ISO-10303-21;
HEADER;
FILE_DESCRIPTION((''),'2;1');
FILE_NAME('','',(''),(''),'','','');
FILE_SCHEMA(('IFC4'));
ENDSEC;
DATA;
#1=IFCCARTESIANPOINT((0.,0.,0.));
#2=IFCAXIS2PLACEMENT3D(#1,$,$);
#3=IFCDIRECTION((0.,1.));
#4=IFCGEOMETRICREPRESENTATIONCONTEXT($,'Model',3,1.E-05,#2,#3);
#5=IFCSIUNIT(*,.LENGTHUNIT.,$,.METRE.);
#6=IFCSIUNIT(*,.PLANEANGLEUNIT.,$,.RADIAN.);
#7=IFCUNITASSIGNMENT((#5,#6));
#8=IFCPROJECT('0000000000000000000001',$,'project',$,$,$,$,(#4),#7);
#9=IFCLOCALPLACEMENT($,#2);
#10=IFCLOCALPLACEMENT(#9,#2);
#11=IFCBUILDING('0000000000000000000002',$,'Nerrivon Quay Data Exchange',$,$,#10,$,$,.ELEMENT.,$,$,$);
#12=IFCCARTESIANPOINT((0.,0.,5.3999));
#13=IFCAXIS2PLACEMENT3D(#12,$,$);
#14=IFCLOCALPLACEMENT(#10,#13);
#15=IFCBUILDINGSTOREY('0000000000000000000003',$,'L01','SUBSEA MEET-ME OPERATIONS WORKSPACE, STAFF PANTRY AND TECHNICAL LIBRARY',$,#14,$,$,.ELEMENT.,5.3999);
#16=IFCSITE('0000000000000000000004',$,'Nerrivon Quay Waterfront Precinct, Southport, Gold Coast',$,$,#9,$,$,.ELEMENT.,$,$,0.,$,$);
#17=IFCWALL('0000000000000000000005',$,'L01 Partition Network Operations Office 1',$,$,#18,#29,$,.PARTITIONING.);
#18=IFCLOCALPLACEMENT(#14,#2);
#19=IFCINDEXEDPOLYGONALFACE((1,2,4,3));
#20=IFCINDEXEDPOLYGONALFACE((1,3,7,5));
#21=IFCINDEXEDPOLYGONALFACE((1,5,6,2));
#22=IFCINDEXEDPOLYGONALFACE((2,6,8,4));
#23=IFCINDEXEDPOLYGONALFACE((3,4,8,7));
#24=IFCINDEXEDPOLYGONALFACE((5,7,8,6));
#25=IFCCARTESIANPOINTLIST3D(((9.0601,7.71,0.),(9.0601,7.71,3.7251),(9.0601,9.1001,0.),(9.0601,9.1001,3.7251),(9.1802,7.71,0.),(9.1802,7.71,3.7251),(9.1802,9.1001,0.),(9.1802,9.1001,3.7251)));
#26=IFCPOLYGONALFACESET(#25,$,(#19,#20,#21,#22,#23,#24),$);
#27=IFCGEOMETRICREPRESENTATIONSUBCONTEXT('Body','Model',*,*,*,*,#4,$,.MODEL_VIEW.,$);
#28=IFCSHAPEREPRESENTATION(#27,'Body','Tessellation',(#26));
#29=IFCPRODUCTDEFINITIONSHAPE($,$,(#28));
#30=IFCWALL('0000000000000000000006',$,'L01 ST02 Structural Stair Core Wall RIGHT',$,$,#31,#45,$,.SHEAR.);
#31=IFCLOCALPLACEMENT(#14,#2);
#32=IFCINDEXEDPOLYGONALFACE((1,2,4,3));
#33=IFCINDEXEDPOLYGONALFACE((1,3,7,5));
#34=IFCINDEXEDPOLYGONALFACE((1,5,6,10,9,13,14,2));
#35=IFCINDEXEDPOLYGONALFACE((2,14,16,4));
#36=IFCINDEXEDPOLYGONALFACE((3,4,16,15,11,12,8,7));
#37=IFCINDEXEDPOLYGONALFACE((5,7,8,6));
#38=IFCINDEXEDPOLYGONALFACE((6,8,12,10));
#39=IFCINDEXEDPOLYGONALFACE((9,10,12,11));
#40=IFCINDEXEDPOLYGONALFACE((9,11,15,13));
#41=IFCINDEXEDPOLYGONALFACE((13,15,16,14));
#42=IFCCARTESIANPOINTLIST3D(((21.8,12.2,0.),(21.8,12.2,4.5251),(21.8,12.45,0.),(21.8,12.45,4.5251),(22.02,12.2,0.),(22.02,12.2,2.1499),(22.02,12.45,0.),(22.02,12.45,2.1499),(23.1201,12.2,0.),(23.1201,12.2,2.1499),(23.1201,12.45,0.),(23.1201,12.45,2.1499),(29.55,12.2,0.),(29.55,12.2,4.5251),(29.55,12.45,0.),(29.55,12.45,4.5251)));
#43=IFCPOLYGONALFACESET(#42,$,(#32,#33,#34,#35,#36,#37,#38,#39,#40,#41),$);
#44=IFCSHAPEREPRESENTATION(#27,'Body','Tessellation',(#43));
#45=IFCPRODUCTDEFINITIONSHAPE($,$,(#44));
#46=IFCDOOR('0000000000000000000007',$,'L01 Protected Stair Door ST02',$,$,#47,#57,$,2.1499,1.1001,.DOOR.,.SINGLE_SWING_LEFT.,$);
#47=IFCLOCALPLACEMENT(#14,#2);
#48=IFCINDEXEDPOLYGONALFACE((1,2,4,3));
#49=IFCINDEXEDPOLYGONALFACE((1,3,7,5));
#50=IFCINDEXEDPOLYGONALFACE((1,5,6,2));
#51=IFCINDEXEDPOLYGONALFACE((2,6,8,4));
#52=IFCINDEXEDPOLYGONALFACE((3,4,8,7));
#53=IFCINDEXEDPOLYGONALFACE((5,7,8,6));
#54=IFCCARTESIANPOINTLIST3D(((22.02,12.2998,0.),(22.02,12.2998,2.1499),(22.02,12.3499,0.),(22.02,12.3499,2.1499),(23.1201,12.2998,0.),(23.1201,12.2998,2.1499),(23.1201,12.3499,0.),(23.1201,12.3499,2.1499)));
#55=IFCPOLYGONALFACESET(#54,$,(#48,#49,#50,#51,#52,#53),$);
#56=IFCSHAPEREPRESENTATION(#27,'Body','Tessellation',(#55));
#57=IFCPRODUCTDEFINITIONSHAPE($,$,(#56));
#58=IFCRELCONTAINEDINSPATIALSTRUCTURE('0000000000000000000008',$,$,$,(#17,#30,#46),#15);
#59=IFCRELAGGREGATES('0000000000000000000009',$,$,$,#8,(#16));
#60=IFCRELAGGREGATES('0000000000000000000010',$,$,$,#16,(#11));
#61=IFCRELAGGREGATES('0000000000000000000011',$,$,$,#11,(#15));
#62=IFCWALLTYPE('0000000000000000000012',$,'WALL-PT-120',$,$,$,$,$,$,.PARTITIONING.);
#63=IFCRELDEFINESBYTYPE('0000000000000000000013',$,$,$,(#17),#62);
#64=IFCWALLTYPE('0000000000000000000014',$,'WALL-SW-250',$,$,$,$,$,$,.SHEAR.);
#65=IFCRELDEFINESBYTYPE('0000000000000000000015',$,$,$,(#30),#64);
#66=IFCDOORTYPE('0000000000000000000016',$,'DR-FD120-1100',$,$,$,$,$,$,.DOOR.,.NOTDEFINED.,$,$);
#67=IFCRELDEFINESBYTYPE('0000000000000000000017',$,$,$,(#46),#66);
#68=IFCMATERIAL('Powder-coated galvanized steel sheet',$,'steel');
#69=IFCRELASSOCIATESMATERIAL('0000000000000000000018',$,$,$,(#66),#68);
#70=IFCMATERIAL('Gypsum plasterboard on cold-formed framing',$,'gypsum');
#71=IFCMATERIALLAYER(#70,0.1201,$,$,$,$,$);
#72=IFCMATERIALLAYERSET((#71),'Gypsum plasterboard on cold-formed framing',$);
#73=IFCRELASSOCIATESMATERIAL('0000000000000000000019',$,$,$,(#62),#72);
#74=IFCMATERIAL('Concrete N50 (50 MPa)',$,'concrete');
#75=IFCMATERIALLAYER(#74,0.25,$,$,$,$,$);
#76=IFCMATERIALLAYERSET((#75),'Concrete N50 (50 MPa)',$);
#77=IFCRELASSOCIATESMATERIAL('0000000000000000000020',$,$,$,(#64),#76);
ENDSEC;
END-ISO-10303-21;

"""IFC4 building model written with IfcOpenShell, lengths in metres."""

from ifc_helpers import new_model, si_unit, direction, frame, frame_2d, origin, place, context, subcontext, project, spatial, rectangle, extrude, material, layer, layer_set, type_object, element, fill, save


model = new_model("IFC4")

# Units and contexts
model_context = context("Model", 3, precision=1e-05, world=origin(), true_north=direction((0.0, 1.0)))
body_context = subcontext(model_context, "Body", "Model", "MODEL_VIEW")
ifc_project = project(units=[si_unit("LENGTHUNIT", "METRE"), si_unit("PLANEANGLEUNIT", "RADIAN")], contexts=[model_context])

# Site, building, storey
site_placement = place(None, origin())
site = spatial("IfcSite", under=ifc_project, at=site_placement, Name="Nerrivon Quay Waterfront Precinct, Southport, Gold Coast", CompositionType="ELEMENT", RefElevation=0.0)
building_placement = place(site_placement, origin())
building = spatial("IfcBuilding", under=site, at=building_placement, Name="Nerrivon Quay Data Exchange", CompositionType="ELEMENT")
storey_placement = place(building_placement, frame((0.0, 0.0, 5.3999)))
storey = spatial("IfcBuildingStorey", under=building, at=storey_placement, Name="L01", Description="SUBSEA MEET-ME OPERATIONS WORKSPACE, STAFF PANTRY AND TECHNICAL LIBRARY", CompositionType="ELEMENT", Elevation=5.3999)

# Shared definitions
ifc_material_1 = material(Name="Powder-coated galvanized steel sheet", Category="steel")
door_type_1 = type_object("IfcDoorType", Name="DR-FD120-1100", OperationType="NOTDEFINED", PredefinedType="DOOR", material=ifc_material_1)

# Shared definitions
ifc_material_2 = material(Name="Gypsum plasterboard on cold-formed framing", Category="gypsum")

# Shared definitions
ifc_layer_1 = layer(ifc_material_2, 0.1201)
ifc_layer_set_1 = layer_set([ifc_layer_1], Name="Gypsum plasterboard on cold-formed framing")
wall_type_1 = type_object("IfcWallType", Name="WALL-PT-120", PredefinedType="PARTITIONING", material=ifc_layer_set_1)

# Wall
wall_1_placement = place(storey_placement, frame((9.1201, 9.1001, 0.0), z_axis=(0.0, 0.0, 1.0), x_axis=(0.0, -1.0, 0.0)))
element("IfcWall", 1, at=wall_1_placement, inside=storey, type_object=wall_type_1, Name="L01 Partition Network Operations Office 1", PredefinedType="PARTITIONING", context=body_context, shape_type="SweptSolid", body=[
    extrude(rectangle(XDim=1.3901, YDim=0.1201, at=frame_2d((0.6951, 0.0))), origin(), (0.0, 0.0, 1.0), 3.7251),
])

# Wall, opening, door
ifc_material_3 = material(Name="Concrete N50 (50 MPa)", Category="concrete")
ifc_layer_2 = layer(ifc_material_3, 0.25)
ifc_layer_set_2 = layer_set([ifc_layer_2], Name="Concrete N50 (50 MPa)")
wall_type_2 = type_object("IfcWallType", Name="WALL-SW-250", PredefinedType="SHEAR", material=ifc_layer_set_2)
wall_2_placement = place(storey_placement, frame((21.8, 12.325, 0.0), z_axis=(0.0, 0.0, 1.0), x_axis=(1.0, 0.0, 0.0)))
wall_2 = element("IfcWall", 2, at=wall_2_placement, inside=storey, type_object=wall_type_2, Name="L01 ST02 Structural Stair Core Wall RIGHT", PredefinedType="SHEAR", context=body_context, shape_type="SweptSolid", body=[
    extrude(rectangle(XDim=7.75, YDim=0.25, at=frame_2d((3.875, 0.0))), origin(), (0.0, 0.0, 1.0), 4.5251),
])
opening_1_placement = place(wall_2_placement, frame((0.22, 0.0, 0.0)))
opening_1 = element("IfcOpeningElement", 3, at=opening_1_placement, cuts=wall_2, PredefinedType="OPENING", context=body_context, shape_type="SweptSolid", body=[
    extrude(rectangle(XDim=1.1001, YDim=2.1499, at=frame_2d((0.55, 1.075))), frame((0.0, 0.135, 0.0), z_axis=(0.0, -1.0, 0.0), x_axis=(1.0, 0.0, 0.0)), (0.0, 0.0, 1.0), 0.27),
])
door_1_placement = place(opening_1_placement, origin())
door_1 = element("IfcDoor", 4, at=door_1_placement, inside=storey, type_object=door_type_1, Name="L01 Protected Stair Door ST02", OperationType="SINGLE_SWING_LEFT", OverallHeight=2.1499, OverallWidth=1.1001, PredefinedType="DOOR", context=body_context, shape_type="SweptSolid", body=[
    extrude(rectangle(XDim=1.1001, YDim=2.1499, at=frame_2d((0.55, 1.075))), frame((0.0, 0.0249, 0.0), z_axis=(0.0, -1.0, 0.0), x_axis=(1.0, 0.0, 0.0)), (0.0, 0.0, 1.0), 0.05),
])
fill(opening_1, door_1)

save(model, "model.ifc")
